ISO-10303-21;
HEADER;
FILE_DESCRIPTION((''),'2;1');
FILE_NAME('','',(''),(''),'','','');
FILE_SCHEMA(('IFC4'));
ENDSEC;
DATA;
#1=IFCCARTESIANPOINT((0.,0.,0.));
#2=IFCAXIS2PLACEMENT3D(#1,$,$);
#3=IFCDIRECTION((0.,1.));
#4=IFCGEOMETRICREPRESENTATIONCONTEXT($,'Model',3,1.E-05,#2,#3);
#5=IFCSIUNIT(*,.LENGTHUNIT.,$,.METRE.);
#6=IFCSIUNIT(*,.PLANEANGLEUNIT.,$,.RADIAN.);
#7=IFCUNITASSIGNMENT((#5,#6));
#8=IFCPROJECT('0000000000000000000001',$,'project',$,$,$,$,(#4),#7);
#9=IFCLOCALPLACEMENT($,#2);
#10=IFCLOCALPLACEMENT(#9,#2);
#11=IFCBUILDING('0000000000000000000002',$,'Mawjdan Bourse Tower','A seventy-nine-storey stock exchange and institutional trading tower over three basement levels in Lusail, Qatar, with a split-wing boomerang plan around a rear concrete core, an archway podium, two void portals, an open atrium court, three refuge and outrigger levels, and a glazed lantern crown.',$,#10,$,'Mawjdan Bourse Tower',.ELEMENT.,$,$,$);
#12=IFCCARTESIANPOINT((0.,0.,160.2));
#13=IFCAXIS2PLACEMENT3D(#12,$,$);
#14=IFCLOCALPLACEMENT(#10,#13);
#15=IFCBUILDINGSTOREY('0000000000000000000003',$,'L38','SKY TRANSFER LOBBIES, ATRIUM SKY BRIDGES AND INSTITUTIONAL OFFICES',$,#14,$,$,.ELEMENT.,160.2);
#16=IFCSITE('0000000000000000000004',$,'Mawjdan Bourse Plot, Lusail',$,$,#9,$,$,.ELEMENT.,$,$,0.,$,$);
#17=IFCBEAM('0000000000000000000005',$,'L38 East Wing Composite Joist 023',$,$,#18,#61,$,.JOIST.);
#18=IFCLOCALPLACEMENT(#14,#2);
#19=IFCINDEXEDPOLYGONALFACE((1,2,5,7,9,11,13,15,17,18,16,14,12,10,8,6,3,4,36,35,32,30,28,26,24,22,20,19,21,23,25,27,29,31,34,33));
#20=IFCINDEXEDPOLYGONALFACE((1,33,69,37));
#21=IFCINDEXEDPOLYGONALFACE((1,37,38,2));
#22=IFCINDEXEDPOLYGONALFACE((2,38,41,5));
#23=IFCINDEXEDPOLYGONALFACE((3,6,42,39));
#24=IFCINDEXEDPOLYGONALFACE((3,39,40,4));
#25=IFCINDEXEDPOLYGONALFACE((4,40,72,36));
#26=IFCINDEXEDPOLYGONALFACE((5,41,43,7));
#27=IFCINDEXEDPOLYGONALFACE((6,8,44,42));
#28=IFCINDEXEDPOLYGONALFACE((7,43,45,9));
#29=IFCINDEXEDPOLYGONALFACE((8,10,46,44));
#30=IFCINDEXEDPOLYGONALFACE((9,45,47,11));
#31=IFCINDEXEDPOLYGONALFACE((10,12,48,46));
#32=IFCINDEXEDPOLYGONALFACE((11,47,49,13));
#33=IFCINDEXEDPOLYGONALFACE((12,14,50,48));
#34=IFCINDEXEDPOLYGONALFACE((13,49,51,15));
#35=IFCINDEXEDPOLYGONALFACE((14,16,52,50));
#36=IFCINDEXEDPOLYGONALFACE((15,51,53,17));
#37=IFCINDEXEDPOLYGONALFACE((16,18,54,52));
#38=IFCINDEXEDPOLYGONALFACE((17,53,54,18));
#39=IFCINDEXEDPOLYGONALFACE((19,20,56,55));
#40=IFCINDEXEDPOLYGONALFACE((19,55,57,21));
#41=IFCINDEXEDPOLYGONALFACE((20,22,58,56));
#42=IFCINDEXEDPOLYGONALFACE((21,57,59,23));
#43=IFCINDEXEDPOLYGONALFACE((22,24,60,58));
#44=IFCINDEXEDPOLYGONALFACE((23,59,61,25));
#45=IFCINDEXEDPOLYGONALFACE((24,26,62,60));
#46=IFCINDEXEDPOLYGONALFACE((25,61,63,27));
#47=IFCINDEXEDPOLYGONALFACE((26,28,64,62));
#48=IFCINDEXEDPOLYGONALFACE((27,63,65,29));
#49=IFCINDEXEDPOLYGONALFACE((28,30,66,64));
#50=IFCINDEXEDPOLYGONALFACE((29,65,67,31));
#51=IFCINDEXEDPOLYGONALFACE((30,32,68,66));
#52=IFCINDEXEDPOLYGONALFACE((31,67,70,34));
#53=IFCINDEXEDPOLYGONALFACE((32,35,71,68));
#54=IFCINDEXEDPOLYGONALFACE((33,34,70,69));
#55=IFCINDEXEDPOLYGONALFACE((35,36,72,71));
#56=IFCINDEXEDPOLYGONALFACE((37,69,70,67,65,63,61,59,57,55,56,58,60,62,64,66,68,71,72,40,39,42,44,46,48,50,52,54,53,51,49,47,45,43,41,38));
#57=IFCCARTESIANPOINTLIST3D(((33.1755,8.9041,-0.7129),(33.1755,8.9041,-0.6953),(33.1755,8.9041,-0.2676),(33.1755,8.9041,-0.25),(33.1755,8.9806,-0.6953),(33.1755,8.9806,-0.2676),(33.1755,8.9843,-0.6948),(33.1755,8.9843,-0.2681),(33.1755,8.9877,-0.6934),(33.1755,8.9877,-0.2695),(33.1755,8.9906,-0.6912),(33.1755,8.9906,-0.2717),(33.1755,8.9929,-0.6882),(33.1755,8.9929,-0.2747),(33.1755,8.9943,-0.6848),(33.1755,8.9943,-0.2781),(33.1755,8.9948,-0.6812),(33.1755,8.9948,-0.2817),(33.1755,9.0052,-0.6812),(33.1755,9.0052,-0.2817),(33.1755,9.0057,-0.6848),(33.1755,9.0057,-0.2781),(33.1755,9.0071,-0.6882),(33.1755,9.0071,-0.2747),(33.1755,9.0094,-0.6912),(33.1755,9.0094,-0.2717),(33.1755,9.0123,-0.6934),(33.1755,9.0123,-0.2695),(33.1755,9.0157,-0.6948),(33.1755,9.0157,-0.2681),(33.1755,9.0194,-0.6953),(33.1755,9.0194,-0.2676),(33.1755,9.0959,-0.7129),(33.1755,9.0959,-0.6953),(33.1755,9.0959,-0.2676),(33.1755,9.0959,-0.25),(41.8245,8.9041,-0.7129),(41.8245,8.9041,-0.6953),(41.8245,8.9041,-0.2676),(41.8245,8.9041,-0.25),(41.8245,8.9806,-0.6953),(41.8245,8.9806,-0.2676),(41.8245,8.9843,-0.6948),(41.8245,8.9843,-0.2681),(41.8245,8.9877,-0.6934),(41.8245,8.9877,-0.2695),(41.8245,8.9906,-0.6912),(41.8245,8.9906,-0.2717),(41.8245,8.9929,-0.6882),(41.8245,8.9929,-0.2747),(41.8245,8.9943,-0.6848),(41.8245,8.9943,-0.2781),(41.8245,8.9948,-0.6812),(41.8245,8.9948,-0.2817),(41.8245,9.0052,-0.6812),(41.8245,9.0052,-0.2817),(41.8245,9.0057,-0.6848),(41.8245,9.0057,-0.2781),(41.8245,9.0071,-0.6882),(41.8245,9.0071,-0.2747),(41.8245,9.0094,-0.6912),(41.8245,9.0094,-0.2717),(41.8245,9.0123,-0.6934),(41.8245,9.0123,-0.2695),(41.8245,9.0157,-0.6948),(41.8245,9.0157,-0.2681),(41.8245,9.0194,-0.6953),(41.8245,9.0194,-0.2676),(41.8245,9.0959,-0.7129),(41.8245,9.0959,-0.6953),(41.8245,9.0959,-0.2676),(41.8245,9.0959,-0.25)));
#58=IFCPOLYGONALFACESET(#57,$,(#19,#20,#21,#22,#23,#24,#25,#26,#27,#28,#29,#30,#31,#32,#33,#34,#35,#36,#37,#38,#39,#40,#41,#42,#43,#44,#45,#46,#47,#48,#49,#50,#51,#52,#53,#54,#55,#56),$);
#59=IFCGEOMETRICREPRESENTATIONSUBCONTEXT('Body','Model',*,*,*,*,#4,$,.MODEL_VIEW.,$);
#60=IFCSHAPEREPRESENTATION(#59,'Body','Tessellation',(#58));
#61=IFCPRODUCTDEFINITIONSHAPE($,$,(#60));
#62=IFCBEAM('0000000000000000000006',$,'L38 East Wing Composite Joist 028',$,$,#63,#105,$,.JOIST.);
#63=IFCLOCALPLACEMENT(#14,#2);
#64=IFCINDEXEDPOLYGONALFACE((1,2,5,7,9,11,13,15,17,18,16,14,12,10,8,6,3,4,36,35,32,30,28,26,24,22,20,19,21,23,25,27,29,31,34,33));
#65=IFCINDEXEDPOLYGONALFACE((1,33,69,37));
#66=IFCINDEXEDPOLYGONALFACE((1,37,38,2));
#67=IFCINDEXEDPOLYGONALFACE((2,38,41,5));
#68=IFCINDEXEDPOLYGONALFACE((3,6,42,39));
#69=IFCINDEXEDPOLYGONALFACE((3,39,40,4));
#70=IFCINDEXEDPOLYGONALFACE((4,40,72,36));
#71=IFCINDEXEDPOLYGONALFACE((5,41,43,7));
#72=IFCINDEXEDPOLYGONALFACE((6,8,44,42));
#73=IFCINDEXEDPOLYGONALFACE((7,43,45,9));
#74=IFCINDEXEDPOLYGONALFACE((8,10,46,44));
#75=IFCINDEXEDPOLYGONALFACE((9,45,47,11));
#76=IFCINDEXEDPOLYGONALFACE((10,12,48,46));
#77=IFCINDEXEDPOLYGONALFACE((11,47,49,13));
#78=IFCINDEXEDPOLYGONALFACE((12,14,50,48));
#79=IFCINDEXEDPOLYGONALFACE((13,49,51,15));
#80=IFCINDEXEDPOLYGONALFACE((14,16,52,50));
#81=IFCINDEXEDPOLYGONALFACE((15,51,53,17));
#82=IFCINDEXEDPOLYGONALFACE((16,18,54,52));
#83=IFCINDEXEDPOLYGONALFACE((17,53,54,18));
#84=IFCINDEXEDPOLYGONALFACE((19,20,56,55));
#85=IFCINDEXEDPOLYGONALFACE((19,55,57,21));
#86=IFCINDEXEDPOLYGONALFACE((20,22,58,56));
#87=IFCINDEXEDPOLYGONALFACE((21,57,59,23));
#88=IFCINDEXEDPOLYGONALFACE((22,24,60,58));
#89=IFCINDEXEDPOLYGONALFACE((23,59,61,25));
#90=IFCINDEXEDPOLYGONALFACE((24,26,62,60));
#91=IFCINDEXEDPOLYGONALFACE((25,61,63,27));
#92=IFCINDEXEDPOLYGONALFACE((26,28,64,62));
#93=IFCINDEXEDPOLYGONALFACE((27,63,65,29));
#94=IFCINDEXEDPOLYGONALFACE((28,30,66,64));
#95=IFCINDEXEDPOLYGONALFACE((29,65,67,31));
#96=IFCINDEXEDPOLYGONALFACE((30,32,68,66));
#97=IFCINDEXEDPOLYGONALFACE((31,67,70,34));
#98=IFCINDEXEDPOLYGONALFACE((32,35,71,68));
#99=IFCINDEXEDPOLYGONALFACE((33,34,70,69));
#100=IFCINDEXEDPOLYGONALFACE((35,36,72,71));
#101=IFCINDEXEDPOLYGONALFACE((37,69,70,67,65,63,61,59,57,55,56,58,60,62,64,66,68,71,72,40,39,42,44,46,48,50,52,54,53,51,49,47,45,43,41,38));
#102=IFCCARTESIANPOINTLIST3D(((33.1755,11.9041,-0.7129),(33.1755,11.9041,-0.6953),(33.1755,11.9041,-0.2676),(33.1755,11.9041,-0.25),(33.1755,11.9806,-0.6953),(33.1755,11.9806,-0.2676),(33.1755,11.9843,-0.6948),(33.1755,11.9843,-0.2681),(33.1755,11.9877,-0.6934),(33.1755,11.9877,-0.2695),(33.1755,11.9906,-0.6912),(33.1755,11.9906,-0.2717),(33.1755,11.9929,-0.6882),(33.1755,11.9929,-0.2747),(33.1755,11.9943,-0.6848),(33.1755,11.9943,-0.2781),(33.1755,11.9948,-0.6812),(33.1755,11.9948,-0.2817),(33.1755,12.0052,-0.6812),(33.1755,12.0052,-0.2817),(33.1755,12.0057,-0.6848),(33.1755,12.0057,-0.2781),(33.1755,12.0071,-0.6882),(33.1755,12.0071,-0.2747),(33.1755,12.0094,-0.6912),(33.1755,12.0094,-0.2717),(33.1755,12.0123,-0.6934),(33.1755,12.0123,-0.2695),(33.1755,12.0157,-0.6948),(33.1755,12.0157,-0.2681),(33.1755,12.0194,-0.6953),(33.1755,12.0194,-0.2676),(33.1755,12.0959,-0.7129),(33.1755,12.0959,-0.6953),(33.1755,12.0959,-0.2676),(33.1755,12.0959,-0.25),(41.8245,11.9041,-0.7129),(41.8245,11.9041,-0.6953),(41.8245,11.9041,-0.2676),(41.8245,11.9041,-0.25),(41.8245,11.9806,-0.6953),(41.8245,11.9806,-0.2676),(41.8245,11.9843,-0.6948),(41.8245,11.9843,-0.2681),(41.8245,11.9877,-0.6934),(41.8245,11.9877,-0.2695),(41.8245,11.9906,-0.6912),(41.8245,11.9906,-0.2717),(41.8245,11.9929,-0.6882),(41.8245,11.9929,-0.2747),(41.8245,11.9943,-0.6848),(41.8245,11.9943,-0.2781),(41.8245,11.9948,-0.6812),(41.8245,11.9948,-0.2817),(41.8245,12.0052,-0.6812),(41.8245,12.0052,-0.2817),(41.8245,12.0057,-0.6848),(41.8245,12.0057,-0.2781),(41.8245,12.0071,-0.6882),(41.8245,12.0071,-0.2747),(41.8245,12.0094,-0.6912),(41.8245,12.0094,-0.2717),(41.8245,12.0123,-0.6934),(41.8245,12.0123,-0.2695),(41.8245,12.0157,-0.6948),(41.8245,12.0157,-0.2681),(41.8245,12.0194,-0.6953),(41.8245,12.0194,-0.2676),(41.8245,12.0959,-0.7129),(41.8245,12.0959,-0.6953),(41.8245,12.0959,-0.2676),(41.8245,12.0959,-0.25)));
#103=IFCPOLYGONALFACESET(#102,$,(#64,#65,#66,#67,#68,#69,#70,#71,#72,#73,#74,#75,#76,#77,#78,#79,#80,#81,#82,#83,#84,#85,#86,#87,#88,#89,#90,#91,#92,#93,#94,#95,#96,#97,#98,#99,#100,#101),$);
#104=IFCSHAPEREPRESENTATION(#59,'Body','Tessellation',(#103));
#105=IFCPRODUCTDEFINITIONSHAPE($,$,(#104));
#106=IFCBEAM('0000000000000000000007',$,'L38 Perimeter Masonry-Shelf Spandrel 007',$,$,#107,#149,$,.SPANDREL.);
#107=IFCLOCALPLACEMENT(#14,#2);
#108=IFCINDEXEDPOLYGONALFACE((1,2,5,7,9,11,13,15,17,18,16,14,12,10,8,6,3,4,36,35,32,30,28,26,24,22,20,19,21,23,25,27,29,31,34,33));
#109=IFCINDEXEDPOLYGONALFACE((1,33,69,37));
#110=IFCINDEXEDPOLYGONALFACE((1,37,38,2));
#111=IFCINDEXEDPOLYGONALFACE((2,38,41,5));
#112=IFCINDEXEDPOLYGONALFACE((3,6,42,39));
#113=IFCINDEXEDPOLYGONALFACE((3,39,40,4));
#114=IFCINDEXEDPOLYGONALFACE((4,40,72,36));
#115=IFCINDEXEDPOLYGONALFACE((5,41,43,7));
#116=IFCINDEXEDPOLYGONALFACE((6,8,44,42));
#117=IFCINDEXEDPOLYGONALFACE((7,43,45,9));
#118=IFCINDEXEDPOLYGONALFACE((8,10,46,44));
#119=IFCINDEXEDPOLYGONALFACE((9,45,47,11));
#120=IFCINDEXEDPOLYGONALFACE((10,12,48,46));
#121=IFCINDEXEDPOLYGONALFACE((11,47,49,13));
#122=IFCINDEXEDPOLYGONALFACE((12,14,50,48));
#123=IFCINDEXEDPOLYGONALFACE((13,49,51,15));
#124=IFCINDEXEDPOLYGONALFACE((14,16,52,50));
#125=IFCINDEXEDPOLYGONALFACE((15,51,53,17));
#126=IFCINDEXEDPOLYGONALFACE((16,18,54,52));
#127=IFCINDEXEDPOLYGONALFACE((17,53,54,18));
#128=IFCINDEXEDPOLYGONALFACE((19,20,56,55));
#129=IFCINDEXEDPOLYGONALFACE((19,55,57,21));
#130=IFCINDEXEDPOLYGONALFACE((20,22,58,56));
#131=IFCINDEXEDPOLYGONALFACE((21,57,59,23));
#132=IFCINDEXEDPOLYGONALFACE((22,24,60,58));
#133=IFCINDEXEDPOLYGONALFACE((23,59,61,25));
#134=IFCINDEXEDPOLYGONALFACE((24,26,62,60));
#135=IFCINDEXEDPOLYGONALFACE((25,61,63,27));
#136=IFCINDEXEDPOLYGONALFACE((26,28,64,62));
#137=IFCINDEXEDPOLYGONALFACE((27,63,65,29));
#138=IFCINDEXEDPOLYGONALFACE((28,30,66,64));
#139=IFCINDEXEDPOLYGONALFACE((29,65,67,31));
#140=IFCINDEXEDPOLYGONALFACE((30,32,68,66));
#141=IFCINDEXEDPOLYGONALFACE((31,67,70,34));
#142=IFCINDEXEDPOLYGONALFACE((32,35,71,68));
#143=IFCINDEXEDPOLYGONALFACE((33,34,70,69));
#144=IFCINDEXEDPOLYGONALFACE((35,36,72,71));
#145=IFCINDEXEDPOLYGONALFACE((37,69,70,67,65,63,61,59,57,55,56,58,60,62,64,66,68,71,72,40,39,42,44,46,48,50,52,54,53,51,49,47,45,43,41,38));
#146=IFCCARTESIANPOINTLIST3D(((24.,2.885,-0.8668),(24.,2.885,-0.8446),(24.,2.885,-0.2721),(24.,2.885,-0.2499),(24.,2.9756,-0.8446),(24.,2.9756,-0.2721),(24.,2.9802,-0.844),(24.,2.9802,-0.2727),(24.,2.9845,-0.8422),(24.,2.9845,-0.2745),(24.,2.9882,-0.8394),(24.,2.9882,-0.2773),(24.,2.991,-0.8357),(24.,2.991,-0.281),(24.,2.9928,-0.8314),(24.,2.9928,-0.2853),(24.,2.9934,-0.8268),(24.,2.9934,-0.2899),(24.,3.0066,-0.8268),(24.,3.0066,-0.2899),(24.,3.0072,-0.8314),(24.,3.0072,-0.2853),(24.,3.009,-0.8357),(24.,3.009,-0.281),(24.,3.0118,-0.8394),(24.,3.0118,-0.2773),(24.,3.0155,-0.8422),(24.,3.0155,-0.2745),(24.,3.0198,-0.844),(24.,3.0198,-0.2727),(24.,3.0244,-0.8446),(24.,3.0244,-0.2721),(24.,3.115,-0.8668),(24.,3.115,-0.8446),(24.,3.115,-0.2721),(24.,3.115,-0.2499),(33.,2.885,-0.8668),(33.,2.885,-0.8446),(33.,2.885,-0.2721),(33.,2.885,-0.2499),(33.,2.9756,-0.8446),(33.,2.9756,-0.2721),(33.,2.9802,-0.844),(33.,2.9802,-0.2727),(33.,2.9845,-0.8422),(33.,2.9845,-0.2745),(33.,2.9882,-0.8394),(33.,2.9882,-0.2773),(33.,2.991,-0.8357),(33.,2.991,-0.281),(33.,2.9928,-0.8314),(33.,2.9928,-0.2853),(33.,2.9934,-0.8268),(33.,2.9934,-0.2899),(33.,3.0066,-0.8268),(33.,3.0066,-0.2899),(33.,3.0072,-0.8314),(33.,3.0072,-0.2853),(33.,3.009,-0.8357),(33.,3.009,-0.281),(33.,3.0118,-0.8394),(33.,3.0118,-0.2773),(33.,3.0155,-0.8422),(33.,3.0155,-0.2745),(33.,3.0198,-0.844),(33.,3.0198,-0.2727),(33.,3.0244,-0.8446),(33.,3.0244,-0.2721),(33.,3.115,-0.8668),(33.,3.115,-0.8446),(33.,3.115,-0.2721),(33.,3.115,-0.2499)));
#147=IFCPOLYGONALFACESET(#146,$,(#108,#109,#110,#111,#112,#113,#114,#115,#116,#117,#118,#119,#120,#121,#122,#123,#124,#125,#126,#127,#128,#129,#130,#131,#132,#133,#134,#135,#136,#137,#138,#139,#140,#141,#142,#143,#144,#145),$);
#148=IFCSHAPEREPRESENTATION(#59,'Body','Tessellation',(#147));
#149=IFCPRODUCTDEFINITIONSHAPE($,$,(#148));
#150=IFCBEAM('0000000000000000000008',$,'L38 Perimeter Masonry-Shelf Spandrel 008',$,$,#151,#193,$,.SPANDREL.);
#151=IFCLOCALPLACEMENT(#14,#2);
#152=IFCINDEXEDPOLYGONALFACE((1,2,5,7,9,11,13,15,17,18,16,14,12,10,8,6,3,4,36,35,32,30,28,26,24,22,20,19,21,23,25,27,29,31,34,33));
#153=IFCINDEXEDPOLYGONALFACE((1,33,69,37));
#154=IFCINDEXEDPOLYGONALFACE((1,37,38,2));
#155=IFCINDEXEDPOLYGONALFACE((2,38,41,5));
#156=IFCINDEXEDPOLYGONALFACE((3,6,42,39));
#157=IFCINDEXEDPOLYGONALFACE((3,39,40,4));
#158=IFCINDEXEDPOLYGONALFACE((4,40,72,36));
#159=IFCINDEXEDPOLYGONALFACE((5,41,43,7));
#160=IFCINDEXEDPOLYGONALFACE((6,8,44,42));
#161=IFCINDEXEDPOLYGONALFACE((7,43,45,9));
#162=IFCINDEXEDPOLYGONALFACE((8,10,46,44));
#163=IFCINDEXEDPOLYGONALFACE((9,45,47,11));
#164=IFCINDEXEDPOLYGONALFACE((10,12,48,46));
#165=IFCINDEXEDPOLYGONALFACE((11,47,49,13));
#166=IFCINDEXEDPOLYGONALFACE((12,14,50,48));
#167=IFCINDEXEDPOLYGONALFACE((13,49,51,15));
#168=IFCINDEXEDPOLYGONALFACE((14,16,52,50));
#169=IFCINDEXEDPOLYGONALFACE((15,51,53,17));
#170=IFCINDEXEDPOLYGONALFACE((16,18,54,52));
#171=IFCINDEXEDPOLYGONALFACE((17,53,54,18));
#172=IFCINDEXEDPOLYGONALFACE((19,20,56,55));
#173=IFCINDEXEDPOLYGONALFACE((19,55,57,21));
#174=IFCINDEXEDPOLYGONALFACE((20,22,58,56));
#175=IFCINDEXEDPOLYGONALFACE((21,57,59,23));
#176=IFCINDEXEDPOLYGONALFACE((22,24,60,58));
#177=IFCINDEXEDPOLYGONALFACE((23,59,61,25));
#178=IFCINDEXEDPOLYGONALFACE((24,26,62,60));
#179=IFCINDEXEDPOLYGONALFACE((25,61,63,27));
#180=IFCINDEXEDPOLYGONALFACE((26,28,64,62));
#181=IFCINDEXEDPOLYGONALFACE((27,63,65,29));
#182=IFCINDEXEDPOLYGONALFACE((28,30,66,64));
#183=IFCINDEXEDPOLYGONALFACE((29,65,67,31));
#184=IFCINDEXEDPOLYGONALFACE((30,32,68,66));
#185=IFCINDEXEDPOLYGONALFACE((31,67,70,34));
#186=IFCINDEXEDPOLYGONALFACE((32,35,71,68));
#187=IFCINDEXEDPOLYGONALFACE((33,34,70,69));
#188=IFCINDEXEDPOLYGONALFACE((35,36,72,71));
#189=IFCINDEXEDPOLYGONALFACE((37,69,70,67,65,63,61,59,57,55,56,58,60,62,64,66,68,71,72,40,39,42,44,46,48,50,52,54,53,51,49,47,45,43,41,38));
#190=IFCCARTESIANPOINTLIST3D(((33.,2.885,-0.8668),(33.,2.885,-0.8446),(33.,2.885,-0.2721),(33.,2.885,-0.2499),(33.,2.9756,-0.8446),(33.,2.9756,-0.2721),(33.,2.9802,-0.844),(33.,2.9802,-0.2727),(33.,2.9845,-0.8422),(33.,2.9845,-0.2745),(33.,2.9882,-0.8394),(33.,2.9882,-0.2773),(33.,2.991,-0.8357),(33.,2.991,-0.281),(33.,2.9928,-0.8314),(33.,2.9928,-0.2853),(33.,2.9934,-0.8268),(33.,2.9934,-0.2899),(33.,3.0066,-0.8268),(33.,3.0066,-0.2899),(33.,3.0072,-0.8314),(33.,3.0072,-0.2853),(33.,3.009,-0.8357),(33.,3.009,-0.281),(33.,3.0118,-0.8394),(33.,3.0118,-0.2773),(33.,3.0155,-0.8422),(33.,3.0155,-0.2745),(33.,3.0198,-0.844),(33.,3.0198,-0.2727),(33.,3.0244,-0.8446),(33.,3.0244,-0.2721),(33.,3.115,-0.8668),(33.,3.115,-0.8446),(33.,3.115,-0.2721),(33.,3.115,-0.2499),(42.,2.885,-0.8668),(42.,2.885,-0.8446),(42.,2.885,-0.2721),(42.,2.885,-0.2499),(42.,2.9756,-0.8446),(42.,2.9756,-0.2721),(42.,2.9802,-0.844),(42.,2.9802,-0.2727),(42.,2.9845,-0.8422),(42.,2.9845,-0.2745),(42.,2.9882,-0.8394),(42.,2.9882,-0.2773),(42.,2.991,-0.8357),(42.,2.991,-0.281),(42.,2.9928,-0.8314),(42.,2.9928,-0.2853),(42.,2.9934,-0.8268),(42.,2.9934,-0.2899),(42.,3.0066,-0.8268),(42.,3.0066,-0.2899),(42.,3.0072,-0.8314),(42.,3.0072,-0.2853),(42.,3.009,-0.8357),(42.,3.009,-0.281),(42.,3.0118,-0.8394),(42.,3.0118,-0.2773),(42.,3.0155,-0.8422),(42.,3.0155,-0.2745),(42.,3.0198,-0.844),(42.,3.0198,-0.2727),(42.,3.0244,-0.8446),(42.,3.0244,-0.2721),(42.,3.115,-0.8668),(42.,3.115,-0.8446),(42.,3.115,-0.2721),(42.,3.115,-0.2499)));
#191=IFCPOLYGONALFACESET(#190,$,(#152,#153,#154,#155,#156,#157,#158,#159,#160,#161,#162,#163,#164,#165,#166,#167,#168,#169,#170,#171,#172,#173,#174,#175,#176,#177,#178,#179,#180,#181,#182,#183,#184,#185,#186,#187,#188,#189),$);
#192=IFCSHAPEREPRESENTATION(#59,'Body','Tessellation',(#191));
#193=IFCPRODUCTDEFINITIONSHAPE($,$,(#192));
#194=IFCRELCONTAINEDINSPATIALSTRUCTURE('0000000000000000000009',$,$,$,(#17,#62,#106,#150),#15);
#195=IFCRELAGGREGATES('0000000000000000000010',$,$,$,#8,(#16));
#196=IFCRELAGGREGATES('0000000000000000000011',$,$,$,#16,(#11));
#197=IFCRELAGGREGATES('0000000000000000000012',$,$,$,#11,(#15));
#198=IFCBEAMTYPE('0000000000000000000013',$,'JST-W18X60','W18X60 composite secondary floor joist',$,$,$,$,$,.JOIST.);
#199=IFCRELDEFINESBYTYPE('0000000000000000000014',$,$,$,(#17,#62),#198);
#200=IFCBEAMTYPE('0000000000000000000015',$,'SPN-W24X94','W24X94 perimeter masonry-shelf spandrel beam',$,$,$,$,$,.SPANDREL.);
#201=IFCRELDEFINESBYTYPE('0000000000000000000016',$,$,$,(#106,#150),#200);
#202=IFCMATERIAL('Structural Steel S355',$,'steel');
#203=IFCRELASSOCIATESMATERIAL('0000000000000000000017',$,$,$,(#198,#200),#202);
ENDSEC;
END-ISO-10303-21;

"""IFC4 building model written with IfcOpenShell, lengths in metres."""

from ifc_helpers import new_model, si_unit, direction, frame, origin, origin_2d, place, context, subcontext, project, spatial, i_section, extrude, material, material_profile, profile_set, type_object, element, save


model = new_model("IFC4")

# Units and contexts
model_context = context("Model", 3, precision=1e-05, world=origin(), true_north=direction((0.0, 1.0)))
body_context = subcontext(model_context, "Body", "Model", "MODEL_VIEW")
ifc_project = project(units=[si_unit("LENGTHUNIT", "METRE"), si_unit("PLANEANGLEUNIT", "RADIAN")], contexts=[model_context])

# Site, building, storey
site_placement = place(None, origin())
site = spatial("IfcSite", under=ifc_project, at=site_placement, Name="Mawjdan Bourse Plot, Lusail", CompositionType="ELEMENT", RefElevation=0.0)
building_placement = place(site_placement, origin())
building = spatial("IfcBuilding", under=site, at=building_placement, Name="Mawjdan Bourse Tower", Description="A seventy-nine-storey stock exchange and institutional trading tower over three basement levels in Lusail, Qatar, with a split-wing boomerang plan around a rear concrete core, an archway podium, two void portals, an open atrium court, three refuge and outrigger levels, and a glazed lantern crown.", LongName="Mawjdan Bourse Tower", CompositionType="ELEMENT")
storey_placement = place(building_placement, frame((0.0, 0.0, 160.2)))
storey = spatial("IfcBuildingStorey", under=building, at=storey_placement, Name="L38", Description="SKY TRANSFER LOBBIES, ATRIUM SKY BRIDGES AND INSTITUTIONAL OFFICES", CompositionType="ELEMENT", Elevation=160.2)

# Beams
ifc_material_1 = material(Name="Structural Steel S355", Category="steel")
ifc_material_profile_1 = material_profile(ifc_material_1, i_section(OverallWidth=0.1919, OverallDepth=0.4629, WebThickness=0.0105, FlangeThickness=0.0176, FilletRadius=0.0142, at=origin_2d()), Name="W18X60")
ifc_profile_set_1 = profile_set([ifc_material_profile_1], Name="Structural Steel S355")
beam_type_1 = type_object("IfcBeamType", Name="JST-W18X60", Description="W18X60 composite secondary floor joist", PredefinedType="JOIST", material=ifc_profile_set_1)
for number, where, z_axis, x_axis, name in (
    (1, (33.1755, 9.0, -0.4814), (1.0, 0.0, 0.0), (0.0, 1.0, 0.0), "L38 East Wing Composite Joist 023"),
    (2, (33.1755, 12.0, -0.4814), (1.0, 0.0, 0.0), (0.0, 1.0, 0.0), "L38 East Wing Composite Joist 028"),
):
    element("IfcBeam", number, at=place(storey_placement, frame(where, z_axis=z_axis, x_axis=x_axis)), inside=storey, type_object=beam_type_1, Name=name, PredefinedType="JOIST", context=body_context, shape_type="SweptSolid", body=[
        extrude(i_section(OverallWidth=0.1919, OverallDepth=0.4629, WebThickness=0.0105, FlangeThickness=0.0176, FilletRadius=0.0142, at=origin_2d()), origin(), (0.0, 0.0, 1.0), 8.6489),
    ])
ifc_material_profile_2 = material_profile(ifc_material_1, i_section(OverallWidth=0.23, OverallDepth=0.6169, WebThickness=0.0132, FlangeThickness=0.0222, FilletRadius=0.0178, at=origin_2d()), Name="W24X94")
ifc_profile_set_2 = profile_set([ifc_material_profile_2], Name="Structural Steel S355")
beam_type_2 = type_object("IfcBeamType", Name="SPN-W24X94", Description="W24X94 perimeter masonry-shelf spandrel beam", PredefinedType="SPANDREL", material=ifc_profile_set_2)
for number, where, z_axis, x_axis, name in (
    (3, (24.0, 3.0, -0.5583), (1.0, 0.0, 0.0), (0.0, 1.0, 0.0), "L38 Perimeter Masonry-Shelf Spandrel 007"),
    (4, (33.0, 3.0, -0.5583), (1.0, 0.0, 0.0), (0.0, 1.0, 0.0), "L38 Perimeter Masonry-Shelf Spandrel 008"),
):
    element("IfcBeam", number, at=place(storey_placement, frame(where, z_axis=z_axis, x_axis=x_axis)), inside=storey, type_object=beam_type_2, Name=name, PredefinedType="SPANDREL", context=body_context, shape_type="SweptSolid", body=[
        extrude(i_section(OverallWidth=0.23, OverallDepth=0.6169, WebThickness=0.0132, FlangeThickness=0.0222, FilletRadius=0.0178, at=origin_2d()), origin(), (0.0, 0.0, 1.0), 9.0),
    ])

save(model, "model.ifc")
